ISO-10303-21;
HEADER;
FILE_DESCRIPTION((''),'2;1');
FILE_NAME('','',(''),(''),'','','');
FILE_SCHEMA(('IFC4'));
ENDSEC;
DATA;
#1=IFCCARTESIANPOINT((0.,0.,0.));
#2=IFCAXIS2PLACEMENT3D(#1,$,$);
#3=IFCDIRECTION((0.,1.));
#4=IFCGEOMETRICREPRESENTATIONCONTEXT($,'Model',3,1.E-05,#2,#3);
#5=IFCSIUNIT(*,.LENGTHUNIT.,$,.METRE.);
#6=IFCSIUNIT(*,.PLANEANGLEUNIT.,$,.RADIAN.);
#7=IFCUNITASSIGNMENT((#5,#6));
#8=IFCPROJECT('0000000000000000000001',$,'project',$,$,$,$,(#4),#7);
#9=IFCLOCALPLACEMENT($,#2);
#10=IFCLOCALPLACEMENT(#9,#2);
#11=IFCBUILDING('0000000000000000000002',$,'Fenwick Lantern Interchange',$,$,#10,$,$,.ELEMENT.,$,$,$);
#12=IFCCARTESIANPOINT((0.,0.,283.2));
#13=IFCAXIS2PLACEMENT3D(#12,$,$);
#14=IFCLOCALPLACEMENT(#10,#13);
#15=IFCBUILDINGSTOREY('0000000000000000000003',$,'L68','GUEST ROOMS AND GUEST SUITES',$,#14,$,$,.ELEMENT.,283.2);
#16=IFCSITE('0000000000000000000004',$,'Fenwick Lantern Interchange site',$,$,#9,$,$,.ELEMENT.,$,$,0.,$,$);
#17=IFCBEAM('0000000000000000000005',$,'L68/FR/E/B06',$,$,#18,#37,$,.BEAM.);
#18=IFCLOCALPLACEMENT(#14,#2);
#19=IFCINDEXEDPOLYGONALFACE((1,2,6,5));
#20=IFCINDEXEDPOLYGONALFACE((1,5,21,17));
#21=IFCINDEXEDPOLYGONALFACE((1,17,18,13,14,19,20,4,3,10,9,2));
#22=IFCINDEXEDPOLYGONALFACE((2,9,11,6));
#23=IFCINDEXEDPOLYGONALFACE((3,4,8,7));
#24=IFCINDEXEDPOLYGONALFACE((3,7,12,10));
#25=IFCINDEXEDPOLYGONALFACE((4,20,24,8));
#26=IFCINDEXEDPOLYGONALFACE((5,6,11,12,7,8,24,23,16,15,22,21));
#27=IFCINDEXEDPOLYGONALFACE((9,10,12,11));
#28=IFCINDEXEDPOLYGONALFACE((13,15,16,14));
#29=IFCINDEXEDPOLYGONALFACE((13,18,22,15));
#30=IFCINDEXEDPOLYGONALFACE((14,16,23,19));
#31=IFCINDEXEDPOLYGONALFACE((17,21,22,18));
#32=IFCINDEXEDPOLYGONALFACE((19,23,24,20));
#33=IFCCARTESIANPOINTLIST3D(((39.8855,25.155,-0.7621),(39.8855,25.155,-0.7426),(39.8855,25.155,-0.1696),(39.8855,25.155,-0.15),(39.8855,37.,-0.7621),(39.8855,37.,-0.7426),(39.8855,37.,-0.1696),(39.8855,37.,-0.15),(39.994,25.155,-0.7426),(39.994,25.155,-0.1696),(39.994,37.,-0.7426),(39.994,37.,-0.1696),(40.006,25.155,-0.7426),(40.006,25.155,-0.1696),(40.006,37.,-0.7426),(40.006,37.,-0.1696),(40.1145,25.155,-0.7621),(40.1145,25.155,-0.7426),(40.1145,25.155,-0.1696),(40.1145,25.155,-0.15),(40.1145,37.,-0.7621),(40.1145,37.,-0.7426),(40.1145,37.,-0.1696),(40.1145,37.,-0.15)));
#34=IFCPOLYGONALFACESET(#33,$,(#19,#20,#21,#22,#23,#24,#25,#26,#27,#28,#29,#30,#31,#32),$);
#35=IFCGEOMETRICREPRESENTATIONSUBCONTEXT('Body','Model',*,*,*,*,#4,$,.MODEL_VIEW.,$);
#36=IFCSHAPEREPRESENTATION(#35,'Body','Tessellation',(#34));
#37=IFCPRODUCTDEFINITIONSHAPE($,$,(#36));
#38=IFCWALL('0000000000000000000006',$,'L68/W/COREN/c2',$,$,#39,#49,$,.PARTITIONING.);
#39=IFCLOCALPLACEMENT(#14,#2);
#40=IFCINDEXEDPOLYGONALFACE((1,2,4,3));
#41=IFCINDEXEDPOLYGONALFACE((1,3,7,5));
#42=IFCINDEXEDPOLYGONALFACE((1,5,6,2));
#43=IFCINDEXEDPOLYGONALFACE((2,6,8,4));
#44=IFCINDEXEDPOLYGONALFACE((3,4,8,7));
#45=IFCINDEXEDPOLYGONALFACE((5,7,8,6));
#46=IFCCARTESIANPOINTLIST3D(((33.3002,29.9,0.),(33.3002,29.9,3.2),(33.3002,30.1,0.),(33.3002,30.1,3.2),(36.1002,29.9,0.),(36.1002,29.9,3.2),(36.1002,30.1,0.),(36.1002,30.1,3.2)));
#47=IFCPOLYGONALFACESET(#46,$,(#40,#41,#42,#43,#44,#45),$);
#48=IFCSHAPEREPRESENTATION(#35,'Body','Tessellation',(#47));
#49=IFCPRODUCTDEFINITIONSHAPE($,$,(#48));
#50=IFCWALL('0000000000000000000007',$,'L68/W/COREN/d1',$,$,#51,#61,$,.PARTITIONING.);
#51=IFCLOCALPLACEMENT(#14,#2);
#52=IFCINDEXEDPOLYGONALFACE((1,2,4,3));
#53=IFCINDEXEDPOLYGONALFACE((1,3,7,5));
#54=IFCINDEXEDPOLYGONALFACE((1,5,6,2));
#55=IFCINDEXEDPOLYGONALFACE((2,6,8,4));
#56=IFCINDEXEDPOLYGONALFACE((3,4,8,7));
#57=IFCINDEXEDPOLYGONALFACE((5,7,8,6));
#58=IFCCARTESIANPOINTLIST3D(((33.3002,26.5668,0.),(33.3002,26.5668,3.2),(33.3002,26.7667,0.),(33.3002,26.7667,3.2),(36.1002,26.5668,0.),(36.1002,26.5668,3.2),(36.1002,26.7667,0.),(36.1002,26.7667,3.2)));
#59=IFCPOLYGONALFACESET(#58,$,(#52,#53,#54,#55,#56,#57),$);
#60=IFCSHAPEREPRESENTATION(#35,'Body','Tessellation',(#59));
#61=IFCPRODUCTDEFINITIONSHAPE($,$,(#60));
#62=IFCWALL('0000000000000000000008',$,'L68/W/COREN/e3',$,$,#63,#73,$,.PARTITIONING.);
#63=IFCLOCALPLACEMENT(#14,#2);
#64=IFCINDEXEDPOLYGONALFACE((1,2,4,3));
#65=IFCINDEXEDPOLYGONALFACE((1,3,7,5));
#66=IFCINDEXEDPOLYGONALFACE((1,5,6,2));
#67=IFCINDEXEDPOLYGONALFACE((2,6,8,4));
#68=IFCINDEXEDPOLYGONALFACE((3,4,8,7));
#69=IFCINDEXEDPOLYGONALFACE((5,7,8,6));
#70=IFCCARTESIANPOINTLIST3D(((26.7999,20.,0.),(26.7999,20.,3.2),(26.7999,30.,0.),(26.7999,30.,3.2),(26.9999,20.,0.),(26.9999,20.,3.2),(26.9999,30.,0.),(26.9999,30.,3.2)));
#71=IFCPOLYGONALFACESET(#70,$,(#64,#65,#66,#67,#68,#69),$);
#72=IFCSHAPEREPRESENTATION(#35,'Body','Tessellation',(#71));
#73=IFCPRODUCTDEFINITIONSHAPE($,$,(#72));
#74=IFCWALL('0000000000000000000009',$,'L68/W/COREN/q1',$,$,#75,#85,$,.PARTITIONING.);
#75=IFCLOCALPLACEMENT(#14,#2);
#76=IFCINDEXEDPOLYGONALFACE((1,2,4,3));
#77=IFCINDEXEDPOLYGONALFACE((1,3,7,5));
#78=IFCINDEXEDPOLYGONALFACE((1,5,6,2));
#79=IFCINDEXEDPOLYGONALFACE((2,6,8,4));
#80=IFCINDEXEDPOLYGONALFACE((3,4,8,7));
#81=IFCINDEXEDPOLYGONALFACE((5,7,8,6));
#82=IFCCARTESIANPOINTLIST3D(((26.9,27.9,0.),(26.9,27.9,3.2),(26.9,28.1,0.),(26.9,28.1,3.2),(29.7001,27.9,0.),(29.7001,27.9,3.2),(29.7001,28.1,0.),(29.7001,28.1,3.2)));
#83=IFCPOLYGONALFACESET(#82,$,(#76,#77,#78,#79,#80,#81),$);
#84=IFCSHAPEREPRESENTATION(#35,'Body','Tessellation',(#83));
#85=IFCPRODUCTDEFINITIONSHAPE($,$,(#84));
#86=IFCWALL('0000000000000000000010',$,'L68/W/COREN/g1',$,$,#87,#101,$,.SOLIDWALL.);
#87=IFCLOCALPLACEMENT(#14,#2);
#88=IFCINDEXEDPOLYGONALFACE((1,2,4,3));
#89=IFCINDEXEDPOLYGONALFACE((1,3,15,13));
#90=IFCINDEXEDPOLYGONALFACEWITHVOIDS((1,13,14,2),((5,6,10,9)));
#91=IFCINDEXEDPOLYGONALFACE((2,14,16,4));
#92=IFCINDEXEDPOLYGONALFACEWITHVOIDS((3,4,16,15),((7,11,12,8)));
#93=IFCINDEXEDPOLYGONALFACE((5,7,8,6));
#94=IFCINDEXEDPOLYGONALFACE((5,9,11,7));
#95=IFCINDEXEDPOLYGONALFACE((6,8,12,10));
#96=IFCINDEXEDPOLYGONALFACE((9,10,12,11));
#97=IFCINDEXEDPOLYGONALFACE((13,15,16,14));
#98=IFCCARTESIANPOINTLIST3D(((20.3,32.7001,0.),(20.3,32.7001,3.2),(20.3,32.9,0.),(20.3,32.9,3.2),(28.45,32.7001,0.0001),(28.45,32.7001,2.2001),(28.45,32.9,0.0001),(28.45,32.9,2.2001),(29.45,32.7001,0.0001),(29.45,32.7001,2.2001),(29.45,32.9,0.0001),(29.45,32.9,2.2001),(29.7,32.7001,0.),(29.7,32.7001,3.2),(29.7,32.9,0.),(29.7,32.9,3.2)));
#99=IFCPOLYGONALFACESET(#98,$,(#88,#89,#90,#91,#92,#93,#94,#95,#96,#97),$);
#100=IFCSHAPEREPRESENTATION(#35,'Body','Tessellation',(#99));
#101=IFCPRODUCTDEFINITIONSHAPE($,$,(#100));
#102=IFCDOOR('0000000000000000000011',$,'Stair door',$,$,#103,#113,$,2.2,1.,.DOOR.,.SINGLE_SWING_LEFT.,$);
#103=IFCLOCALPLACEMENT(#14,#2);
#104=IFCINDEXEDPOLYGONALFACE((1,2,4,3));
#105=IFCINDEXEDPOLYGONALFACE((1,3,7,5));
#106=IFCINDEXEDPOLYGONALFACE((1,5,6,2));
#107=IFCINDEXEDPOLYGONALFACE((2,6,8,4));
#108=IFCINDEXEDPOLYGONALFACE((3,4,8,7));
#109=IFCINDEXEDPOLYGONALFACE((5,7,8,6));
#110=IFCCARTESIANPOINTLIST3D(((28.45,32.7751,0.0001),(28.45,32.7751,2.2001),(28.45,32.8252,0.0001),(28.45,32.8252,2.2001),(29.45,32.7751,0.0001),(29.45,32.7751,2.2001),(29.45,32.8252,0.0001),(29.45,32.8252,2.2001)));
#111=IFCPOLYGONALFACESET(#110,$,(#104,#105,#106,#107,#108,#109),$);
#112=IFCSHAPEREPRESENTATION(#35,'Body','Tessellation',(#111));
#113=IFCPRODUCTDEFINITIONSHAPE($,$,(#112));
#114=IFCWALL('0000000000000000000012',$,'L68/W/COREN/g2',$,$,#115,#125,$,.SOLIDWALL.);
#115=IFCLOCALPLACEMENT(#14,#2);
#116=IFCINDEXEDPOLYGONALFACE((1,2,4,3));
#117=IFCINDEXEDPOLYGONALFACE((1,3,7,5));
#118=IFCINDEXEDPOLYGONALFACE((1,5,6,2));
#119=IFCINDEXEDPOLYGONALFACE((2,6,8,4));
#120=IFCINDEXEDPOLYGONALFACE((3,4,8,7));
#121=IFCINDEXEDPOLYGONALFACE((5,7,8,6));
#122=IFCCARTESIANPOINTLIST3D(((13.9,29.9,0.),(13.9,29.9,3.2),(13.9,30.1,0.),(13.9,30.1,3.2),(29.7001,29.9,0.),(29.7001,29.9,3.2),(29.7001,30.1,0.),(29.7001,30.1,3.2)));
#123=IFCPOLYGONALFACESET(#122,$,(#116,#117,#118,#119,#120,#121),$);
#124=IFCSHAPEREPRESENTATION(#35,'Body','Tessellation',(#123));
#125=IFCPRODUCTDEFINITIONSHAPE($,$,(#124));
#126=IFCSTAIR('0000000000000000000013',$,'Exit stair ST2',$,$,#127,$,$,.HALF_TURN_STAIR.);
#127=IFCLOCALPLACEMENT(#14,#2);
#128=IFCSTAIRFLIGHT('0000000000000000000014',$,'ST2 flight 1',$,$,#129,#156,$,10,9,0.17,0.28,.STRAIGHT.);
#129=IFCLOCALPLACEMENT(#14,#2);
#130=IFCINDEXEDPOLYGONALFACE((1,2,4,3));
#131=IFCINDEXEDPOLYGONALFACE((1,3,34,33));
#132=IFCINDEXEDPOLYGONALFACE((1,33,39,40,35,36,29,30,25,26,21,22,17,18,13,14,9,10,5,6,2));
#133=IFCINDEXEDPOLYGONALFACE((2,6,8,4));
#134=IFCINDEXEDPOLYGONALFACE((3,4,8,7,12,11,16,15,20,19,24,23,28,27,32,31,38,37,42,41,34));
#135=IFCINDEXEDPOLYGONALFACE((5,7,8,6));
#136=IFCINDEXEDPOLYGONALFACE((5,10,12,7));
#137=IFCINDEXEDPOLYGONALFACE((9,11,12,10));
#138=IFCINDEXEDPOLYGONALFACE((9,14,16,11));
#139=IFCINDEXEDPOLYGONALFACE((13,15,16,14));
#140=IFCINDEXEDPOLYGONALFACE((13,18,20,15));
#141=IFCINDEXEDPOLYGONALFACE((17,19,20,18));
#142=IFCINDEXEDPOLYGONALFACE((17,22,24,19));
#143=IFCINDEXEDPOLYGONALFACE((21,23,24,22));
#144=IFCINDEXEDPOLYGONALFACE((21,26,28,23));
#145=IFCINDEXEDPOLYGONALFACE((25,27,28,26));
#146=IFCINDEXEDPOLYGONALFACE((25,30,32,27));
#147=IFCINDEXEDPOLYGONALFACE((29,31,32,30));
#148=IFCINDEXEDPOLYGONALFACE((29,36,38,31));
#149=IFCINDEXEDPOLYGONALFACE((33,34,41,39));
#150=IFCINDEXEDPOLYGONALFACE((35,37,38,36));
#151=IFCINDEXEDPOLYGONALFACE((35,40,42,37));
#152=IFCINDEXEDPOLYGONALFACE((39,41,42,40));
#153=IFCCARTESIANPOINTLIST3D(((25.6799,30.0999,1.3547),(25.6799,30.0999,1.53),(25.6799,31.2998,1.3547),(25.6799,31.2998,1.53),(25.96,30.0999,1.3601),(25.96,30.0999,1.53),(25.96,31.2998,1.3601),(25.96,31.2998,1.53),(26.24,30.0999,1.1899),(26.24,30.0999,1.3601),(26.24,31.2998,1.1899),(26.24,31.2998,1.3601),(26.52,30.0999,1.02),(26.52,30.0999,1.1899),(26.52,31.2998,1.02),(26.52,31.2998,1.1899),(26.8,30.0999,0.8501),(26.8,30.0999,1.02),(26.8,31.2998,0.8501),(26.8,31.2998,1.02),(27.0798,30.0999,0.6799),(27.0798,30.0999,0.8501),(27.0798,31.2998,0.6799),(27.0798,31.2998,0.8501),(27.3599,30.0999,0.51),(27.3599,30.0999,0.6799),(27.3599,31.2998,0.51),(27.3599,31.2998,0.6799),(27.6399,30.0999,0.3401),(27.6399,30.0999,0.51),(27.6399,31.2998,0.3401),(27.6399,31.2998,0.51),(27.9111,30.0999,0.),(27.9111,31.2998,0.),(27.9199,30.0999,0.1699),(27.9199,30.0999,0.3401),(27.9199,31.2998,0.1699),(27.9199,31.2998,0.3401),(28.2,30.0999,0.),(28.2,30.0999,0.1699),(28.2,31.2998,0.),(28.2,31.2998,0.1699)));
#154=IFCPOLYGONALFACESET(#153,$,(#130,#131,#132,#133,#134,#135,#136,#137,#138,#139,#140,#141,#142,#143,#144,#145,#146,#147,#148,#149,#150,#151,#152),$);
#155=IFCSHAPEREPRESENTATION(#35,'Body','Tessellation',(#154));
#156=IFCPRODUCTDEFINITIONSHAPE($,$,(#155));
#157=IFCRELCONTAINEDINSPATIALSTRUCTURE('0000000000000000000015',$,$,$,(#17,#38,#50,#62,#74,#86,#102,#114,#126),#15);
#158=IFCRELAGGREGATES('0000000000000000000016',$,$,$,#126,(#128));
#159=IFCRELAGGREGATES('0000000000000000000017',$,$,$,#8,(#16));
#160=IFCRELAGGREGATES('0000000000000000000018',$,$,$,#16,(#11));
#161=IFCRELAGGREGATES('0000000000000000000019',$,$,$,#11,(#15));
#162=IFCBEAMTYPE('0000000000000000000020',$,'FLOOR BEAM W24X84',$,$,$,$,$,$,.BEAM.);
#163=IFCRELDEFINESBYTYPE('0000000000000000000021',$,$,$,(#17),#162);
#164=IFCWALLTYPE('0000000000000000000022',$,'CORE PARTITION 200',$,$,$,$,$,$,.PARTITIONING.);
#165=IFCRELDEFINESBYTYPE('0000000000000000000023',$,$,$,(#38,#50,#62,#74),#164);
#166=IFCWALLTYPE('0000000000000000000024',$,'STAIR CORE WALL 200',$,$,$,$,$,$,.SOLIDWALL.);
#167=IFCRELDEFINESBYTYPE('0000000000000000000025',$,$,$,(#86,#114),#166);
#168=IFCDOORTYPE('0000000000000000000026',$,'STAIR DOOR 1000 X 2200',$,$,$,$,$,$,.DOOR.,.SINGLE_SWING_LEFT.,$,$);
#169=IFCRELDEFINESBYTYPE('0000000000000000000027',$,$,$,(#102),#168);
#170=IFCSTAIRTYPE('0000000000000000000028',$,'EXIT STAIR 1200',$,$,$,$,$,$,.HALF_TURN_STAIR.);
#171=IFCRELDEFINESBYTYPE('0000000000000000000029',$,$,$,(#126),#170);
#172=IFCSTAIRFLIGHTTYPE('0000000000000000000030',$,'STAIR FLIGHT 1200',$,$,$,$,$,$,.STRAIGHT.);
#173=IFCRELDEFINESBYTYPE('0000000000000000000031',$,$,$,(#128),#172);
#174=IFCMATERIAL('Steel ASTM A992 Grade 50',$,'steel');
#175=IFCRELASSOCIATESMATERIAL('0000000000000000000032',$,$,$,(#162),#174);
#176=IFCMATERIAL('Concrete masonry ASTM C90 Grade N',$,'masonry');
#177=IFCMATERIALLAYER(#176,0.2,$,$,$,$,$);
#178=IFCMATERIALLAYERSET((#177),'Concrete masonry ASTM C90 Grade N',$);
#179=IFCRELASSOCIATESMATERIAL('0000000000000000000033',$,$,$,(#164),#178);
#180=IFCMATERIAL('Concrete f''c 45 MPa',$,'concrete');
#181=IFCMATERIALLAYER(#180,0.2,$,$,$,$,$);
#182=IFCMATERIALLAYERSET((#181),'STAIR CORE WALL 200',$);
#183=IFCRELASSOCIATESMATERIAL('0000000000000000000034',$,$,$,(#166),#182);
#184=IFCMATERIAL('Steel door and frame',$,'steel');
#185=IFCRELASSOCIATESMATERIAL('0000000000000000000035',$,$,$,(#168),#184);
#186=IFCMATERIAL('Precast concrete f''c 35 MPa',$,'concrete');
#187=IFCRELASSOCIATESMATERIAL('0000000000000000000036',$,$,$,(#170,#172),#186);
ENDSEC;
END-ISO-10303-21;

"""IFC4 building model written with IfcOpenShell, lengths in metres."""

from ifc_helpers import new_model, si_unit, direction, frame, frame_2d, origin, origin_2d, place, context, subcontext, project, spatial, polyline, rectangle, i_section, outline, extrude, material, layer, layer_set, material_profile, profile_set, type_object, element, fill, aggregate, save


model = new_model("IFC4")

# Units and contexts
model_context = context("Model", 3, precision=1e-05, world=origin(), true_north=direction((0.0, 1.0)))
body_context = subcontext(model_context, "Body", "Model", "MODEL_VIEW")
ifc_project = project(units=[si_unit("LENGTHUNIT", "METRE"), si_unit("PLANEANGLEUNIT", "RADIAN")], contexts=[model_context])

# Site, building, storey
site_placement = place(None, origin())
site = spatial("IfcSite", under=ifc_project, at=site_placement, Name="Fenwick Lantern Interchange site", CompositionType="ELEMENT", RefElevation=0.0)
building_placement = place(site_placement, origin())
building = spatial("IfcBuilding", under=site, at=building_placement, Name="Fenwick Lantern Interchange", CompositionType="ELEMENT")
storey_placement = place(building_placement, frame((0.0, 0.0, 283.2)))
storey = spatial("IfcBuildingStorey", under=building, at=storey_placement, Name="L68", Description="GUEST ROOMS AND GUEST SUITES", CompositionType="ELEMENT", Elevation=283.2)

# Beam
ifc_material_1 = material(Name="Steel ASTM A992 Grade 50", Category="steel")
ifc_material_profile = material_profile(ifc_material_1, i_section(OverallWidth=0.229, OverallDepth=0.6121, WebThickness=0.012, FlangeThickness=0.0195, at=origin_2d()), Name="W24X84")
ifc_profile_set = profile_set([ifc_material_profile], Name="Steel ASTM A992 Grade 50")
beam_type = type_object("IfcBeamType", Name="FLOOR BEAM W24X84", PredefinedType="BEAM", material=ifc_profile_set)
beam_placement = place(storey_placement, frame((40.0, 25.155, -0.4561), z_axis=(0.0, 1.0, 0.0), x_axis=(-1.0, 0.0, 0.0)))
element("IfcBeam", 1, at=beam_placement, inside=storey, type_object=beam_type, Name="L68/FR/E/B06", PredefinedType="BEAM", context=body_context, shape_type="SweptSolid", body=[
    extrude(i_section(OverallWidth=0.229, OverallDepth=0.6121, WebThickness=0.012, FlangeThickness=0.0195, at=origin_2d()), origin(), (0.0, 0.0, 1.0), 11.845),
])

# Walls
ifc_material_2 = material(Name="Concrete masonry ASTM C90 Grade N", Category="masonry")
ifc_layer_1 = layer(ifc_material_2, 0.2)
ifc_layer_set_1 = layer_set([ifc_layer_1], Name="Concrete masonry ASTM C90 Grade N")
wall_type_1 = type_object("IfcWallType", Name="CORE PARTITION 200", PredefinedType="PARTITIONING", material=ifc_layer_set_1)
for number, where, z_axis, x_axis, name in (
    (2, (36.1001, 30.0, 0.0), (0.0, 0.0, 1.0), (-1.0, 0.0, 0.0), "L68/W/COREN/c2"),
    (3, (36.1001, 26.6667, 0.0), (0.0, 0.0, 1.0), (-1.0, 0.0, 0.0), "L68/W/COREN/d1"),
):
    element("IfcWall", number, at=place(storey_placement, frame(where, z_axis=z_axis, x_axis=x_axis)), inside=storey, type_object=wall_type_1, Name=name, PredefinedType="PARTITIONING", context=body_context, shape_type="SweptSolid", body=[
        extrude(rectangle(XDim=2.8, YDim=0.2, at=frame_2d((1.3999, 0.0))), origin(), (0.0, 0.0, 1.0), 3.2),
    ])
wall_1_placement = place(storey_placement, frame((26.8999, 30.0, 0.0), z_axis=(0.0, 0.0, 1.0), x_axis=(0.0, -1.0, 0.0)))
element("IfcWall", 4, at=wall_1_placement, inside=storey, type_object=wall_type_1, Name="L68/W/COREN/e3", PredefinedType="PARTITIONING", context=body_context, shape_type="SweptSolid", body=[
    extrude(rectangle(XDim=10.0, YDim=0.2, at=frame_2d((5.0, 0.0))), origin(), (0.0, 0.0, 1.0), 3.2),
])
wall_2_placement = place(storey_placement, frame((29.7, 28.0, 0.0), z_axis=(0.0, 0.0, 1.0), x_axis=(-1.0, 0.0, 0.0)))
element("IfcWall", 5, at=wall_2_placement, inside=storey, type_object=wall_type_1, Name="L68/W/COREN/q1", PredefinedType="PARTITIONING", context=body_context, shape_type="SweptSolid", body=[
    extrude(rectangle(XDim=2.8, YDim=0.2, at=frame_2d((1.3999, 0.0))), origin(), (0.0, 0.0, 1.0), 3.2),
])

# Wall, opening, door
ifc_material_3 = material(Name="Concrete f'c 45 MPa", Category="concrete")
ifc_layer_2 = layer(ifc_material_3, 0.2)
ifc_layer_set_2 = layer_set([ifc_layer_2], Name="STAIR CORE WALL 200")
wall_type_2 = type_object("IfcWallType", Name="STAIR CORE WALL 200", PredefinedType="SOLIDWALL", material=ifc_layer_set_2)
wall_3_placement = place(storey_placement, frame((29.7, 32.8, 0.0), z_axis=(0.0, 0.0, 1.0), x_axis=(-1.0, 0.0, 0.0)))
wall_3 = element("IfcWall", 6, at=wall_3_placement, inside=storey, type_object=wall_type_2, Name="L68/W/COREN/g1", PredefinedType="SOLIDWALL", context=body_context, shape_type="SweptSolid", body=[
    extrude(rectangle(XDim=9.3999, YDim=0.2, at=frame_2d((4.7, 0.0))), origin(), (0.0, 0.0, 1.0), 3.2),
])
opening_placement = place(wall_3_placement, frame((0.25, 0.0, 0.0)))
opening = element("IfcOpeningElement", 7, at=opening_placement, cuts=wall_3, PredefinedType="OPENING", context=body_context, shape_type="SweptSolid", body=[
    extrude(rectangle(XDim=1.0, YDim=2.2, at=frame_2d((0.5, 1.1001))), frame((0.0, 0.1099, 0.0), z_axis=(0.0, -1.0, 0.0), x_axis=(1.0, 0.0, 0.0)), (0.0, 0.0, 1.0), 0.22),
])
ifc_material_4 = material(Name="Steel door and frame", Category="steel")
door_type = type_object("IfcDoorType", Name="STAIR DOOR 1000 X 2200", OperationType="SINGLE_SWING_LEFT", PredefinedType="DOOR", material=ifc_material_4)
door_placement = place(opening_placement, origin())
door = element("IfcDoor", 8, at=door_placement, inside=storey, type_object=door_type, Name="Stair door", OperationType="SINGLE_SWING_LEFT", OverallHeight=2.2, OverallWidth=1.0, PredefinedType="DOOR", context=body_context, shape_type="SweptSolid", body=[
    extrude(rectangle(XDim=1.0, YDim=2.2, at=frame_2d((0.5, 1.1001))), frame((0.0, 0.0249, 0.0), z_axis=(0.0, -1.0, 0.0), x_axis=(1.0, 0.0, 0.0)), (0.0, 0.0, 1.0), 0.05),
])
fill(opening, door)

# Wall
wall_4_placement = place(storey_placement, frame((29.7, 30.0, 0.0), z_axis=(0.0, 0.0, 1.0), x_axis=(-1.0, 0.0, 0.0)))
element("IfcWall", 9, at=wall_4_placement, inside=storey, type_object=wall_type_2, Name="L68/W/COREN/g2", PredefinedType="SOLIDWALL", context=body_context, shape_type="SweptSolid", body=[
    extrude(rectangle(XDim=15.8, YDim=0.2, at=frame_2d((7.8999, 0.0))), origin(), (0.0, 0.0, 1.0), 3.2),
])

# Stair, stair flight
ifc_material_5 = material(Name="Precast concrete f'c 35 MPa", Category="concrete")
stair_type = type_object("IfcStairType", Name="EXIT STAIR 1200", PredefinedType="HALF_TURN_STAIR", material=ifc_material_5)
stair_placement = place(storey_placement, origin())
stair = element("IfcStair", 10, at=stair_placement, inside=storey, type_object=stair_type, Name="Exit stair ST2", PredefinedType="HALF_TURN_STAIR")
stair_flight_type = type_object("IfcStairFlightType", Name="STAIR FLIGHT 1200", PredefinedType="STRAIGHT", material=ifc_material_5)
stair_flight_placement = place(storey_placement, frame((28.2, 30.7, 0.0), z_axis=(0.0, 0.0, 1.0), x_axis=(-1.0, 0.0, 0.0)))
stair_flight = element("IfcStairFlight", 11, at=stair_flight_placement, type_object=stair_flight_type, Name="ST2 flight 1", NumberOfRisers=10, NumberOfTreads=9, PredefinedType="STRAIGHT", RiserHeight=0.17, TreadLength=0.28, context=body_context, shape_type="SweptSolid", body=[
    extrude(outline(polyline([(0.0, 0.0), (0.0, 0.1699), (0.28, 0.1699), (0.28, 0.3401), (0.5601, 0.3401), (0.5601, 0.51), (0.8401, 0.51), (0.8401, 0.6799), (1.1201, 0.6799), (1.1201, 0.8501), (1.3999, 0.8501), (1.3999, 1.02), (1.6799, 1.02), (1.6799, 1.1899), (1.96, 1.1899), (1.96, 1.3601), (2.24, 1.3601), (2.24, 1.53), (2.52, 1.53), (2.52, 1.7), (2.52, 1.3547), (0.2888, 0.0), (0.0, 0.0)])), frame((0.0, 0.6001, 0.0), z_axis=(0.0, -1.0, 0.0), x_axis=(1.0, 0.0, 0.0)), (0.0, 0.0, 1.0), 1.2),
])
aggregate(stair, [stair_flight])

save(model, "model.ifc")
